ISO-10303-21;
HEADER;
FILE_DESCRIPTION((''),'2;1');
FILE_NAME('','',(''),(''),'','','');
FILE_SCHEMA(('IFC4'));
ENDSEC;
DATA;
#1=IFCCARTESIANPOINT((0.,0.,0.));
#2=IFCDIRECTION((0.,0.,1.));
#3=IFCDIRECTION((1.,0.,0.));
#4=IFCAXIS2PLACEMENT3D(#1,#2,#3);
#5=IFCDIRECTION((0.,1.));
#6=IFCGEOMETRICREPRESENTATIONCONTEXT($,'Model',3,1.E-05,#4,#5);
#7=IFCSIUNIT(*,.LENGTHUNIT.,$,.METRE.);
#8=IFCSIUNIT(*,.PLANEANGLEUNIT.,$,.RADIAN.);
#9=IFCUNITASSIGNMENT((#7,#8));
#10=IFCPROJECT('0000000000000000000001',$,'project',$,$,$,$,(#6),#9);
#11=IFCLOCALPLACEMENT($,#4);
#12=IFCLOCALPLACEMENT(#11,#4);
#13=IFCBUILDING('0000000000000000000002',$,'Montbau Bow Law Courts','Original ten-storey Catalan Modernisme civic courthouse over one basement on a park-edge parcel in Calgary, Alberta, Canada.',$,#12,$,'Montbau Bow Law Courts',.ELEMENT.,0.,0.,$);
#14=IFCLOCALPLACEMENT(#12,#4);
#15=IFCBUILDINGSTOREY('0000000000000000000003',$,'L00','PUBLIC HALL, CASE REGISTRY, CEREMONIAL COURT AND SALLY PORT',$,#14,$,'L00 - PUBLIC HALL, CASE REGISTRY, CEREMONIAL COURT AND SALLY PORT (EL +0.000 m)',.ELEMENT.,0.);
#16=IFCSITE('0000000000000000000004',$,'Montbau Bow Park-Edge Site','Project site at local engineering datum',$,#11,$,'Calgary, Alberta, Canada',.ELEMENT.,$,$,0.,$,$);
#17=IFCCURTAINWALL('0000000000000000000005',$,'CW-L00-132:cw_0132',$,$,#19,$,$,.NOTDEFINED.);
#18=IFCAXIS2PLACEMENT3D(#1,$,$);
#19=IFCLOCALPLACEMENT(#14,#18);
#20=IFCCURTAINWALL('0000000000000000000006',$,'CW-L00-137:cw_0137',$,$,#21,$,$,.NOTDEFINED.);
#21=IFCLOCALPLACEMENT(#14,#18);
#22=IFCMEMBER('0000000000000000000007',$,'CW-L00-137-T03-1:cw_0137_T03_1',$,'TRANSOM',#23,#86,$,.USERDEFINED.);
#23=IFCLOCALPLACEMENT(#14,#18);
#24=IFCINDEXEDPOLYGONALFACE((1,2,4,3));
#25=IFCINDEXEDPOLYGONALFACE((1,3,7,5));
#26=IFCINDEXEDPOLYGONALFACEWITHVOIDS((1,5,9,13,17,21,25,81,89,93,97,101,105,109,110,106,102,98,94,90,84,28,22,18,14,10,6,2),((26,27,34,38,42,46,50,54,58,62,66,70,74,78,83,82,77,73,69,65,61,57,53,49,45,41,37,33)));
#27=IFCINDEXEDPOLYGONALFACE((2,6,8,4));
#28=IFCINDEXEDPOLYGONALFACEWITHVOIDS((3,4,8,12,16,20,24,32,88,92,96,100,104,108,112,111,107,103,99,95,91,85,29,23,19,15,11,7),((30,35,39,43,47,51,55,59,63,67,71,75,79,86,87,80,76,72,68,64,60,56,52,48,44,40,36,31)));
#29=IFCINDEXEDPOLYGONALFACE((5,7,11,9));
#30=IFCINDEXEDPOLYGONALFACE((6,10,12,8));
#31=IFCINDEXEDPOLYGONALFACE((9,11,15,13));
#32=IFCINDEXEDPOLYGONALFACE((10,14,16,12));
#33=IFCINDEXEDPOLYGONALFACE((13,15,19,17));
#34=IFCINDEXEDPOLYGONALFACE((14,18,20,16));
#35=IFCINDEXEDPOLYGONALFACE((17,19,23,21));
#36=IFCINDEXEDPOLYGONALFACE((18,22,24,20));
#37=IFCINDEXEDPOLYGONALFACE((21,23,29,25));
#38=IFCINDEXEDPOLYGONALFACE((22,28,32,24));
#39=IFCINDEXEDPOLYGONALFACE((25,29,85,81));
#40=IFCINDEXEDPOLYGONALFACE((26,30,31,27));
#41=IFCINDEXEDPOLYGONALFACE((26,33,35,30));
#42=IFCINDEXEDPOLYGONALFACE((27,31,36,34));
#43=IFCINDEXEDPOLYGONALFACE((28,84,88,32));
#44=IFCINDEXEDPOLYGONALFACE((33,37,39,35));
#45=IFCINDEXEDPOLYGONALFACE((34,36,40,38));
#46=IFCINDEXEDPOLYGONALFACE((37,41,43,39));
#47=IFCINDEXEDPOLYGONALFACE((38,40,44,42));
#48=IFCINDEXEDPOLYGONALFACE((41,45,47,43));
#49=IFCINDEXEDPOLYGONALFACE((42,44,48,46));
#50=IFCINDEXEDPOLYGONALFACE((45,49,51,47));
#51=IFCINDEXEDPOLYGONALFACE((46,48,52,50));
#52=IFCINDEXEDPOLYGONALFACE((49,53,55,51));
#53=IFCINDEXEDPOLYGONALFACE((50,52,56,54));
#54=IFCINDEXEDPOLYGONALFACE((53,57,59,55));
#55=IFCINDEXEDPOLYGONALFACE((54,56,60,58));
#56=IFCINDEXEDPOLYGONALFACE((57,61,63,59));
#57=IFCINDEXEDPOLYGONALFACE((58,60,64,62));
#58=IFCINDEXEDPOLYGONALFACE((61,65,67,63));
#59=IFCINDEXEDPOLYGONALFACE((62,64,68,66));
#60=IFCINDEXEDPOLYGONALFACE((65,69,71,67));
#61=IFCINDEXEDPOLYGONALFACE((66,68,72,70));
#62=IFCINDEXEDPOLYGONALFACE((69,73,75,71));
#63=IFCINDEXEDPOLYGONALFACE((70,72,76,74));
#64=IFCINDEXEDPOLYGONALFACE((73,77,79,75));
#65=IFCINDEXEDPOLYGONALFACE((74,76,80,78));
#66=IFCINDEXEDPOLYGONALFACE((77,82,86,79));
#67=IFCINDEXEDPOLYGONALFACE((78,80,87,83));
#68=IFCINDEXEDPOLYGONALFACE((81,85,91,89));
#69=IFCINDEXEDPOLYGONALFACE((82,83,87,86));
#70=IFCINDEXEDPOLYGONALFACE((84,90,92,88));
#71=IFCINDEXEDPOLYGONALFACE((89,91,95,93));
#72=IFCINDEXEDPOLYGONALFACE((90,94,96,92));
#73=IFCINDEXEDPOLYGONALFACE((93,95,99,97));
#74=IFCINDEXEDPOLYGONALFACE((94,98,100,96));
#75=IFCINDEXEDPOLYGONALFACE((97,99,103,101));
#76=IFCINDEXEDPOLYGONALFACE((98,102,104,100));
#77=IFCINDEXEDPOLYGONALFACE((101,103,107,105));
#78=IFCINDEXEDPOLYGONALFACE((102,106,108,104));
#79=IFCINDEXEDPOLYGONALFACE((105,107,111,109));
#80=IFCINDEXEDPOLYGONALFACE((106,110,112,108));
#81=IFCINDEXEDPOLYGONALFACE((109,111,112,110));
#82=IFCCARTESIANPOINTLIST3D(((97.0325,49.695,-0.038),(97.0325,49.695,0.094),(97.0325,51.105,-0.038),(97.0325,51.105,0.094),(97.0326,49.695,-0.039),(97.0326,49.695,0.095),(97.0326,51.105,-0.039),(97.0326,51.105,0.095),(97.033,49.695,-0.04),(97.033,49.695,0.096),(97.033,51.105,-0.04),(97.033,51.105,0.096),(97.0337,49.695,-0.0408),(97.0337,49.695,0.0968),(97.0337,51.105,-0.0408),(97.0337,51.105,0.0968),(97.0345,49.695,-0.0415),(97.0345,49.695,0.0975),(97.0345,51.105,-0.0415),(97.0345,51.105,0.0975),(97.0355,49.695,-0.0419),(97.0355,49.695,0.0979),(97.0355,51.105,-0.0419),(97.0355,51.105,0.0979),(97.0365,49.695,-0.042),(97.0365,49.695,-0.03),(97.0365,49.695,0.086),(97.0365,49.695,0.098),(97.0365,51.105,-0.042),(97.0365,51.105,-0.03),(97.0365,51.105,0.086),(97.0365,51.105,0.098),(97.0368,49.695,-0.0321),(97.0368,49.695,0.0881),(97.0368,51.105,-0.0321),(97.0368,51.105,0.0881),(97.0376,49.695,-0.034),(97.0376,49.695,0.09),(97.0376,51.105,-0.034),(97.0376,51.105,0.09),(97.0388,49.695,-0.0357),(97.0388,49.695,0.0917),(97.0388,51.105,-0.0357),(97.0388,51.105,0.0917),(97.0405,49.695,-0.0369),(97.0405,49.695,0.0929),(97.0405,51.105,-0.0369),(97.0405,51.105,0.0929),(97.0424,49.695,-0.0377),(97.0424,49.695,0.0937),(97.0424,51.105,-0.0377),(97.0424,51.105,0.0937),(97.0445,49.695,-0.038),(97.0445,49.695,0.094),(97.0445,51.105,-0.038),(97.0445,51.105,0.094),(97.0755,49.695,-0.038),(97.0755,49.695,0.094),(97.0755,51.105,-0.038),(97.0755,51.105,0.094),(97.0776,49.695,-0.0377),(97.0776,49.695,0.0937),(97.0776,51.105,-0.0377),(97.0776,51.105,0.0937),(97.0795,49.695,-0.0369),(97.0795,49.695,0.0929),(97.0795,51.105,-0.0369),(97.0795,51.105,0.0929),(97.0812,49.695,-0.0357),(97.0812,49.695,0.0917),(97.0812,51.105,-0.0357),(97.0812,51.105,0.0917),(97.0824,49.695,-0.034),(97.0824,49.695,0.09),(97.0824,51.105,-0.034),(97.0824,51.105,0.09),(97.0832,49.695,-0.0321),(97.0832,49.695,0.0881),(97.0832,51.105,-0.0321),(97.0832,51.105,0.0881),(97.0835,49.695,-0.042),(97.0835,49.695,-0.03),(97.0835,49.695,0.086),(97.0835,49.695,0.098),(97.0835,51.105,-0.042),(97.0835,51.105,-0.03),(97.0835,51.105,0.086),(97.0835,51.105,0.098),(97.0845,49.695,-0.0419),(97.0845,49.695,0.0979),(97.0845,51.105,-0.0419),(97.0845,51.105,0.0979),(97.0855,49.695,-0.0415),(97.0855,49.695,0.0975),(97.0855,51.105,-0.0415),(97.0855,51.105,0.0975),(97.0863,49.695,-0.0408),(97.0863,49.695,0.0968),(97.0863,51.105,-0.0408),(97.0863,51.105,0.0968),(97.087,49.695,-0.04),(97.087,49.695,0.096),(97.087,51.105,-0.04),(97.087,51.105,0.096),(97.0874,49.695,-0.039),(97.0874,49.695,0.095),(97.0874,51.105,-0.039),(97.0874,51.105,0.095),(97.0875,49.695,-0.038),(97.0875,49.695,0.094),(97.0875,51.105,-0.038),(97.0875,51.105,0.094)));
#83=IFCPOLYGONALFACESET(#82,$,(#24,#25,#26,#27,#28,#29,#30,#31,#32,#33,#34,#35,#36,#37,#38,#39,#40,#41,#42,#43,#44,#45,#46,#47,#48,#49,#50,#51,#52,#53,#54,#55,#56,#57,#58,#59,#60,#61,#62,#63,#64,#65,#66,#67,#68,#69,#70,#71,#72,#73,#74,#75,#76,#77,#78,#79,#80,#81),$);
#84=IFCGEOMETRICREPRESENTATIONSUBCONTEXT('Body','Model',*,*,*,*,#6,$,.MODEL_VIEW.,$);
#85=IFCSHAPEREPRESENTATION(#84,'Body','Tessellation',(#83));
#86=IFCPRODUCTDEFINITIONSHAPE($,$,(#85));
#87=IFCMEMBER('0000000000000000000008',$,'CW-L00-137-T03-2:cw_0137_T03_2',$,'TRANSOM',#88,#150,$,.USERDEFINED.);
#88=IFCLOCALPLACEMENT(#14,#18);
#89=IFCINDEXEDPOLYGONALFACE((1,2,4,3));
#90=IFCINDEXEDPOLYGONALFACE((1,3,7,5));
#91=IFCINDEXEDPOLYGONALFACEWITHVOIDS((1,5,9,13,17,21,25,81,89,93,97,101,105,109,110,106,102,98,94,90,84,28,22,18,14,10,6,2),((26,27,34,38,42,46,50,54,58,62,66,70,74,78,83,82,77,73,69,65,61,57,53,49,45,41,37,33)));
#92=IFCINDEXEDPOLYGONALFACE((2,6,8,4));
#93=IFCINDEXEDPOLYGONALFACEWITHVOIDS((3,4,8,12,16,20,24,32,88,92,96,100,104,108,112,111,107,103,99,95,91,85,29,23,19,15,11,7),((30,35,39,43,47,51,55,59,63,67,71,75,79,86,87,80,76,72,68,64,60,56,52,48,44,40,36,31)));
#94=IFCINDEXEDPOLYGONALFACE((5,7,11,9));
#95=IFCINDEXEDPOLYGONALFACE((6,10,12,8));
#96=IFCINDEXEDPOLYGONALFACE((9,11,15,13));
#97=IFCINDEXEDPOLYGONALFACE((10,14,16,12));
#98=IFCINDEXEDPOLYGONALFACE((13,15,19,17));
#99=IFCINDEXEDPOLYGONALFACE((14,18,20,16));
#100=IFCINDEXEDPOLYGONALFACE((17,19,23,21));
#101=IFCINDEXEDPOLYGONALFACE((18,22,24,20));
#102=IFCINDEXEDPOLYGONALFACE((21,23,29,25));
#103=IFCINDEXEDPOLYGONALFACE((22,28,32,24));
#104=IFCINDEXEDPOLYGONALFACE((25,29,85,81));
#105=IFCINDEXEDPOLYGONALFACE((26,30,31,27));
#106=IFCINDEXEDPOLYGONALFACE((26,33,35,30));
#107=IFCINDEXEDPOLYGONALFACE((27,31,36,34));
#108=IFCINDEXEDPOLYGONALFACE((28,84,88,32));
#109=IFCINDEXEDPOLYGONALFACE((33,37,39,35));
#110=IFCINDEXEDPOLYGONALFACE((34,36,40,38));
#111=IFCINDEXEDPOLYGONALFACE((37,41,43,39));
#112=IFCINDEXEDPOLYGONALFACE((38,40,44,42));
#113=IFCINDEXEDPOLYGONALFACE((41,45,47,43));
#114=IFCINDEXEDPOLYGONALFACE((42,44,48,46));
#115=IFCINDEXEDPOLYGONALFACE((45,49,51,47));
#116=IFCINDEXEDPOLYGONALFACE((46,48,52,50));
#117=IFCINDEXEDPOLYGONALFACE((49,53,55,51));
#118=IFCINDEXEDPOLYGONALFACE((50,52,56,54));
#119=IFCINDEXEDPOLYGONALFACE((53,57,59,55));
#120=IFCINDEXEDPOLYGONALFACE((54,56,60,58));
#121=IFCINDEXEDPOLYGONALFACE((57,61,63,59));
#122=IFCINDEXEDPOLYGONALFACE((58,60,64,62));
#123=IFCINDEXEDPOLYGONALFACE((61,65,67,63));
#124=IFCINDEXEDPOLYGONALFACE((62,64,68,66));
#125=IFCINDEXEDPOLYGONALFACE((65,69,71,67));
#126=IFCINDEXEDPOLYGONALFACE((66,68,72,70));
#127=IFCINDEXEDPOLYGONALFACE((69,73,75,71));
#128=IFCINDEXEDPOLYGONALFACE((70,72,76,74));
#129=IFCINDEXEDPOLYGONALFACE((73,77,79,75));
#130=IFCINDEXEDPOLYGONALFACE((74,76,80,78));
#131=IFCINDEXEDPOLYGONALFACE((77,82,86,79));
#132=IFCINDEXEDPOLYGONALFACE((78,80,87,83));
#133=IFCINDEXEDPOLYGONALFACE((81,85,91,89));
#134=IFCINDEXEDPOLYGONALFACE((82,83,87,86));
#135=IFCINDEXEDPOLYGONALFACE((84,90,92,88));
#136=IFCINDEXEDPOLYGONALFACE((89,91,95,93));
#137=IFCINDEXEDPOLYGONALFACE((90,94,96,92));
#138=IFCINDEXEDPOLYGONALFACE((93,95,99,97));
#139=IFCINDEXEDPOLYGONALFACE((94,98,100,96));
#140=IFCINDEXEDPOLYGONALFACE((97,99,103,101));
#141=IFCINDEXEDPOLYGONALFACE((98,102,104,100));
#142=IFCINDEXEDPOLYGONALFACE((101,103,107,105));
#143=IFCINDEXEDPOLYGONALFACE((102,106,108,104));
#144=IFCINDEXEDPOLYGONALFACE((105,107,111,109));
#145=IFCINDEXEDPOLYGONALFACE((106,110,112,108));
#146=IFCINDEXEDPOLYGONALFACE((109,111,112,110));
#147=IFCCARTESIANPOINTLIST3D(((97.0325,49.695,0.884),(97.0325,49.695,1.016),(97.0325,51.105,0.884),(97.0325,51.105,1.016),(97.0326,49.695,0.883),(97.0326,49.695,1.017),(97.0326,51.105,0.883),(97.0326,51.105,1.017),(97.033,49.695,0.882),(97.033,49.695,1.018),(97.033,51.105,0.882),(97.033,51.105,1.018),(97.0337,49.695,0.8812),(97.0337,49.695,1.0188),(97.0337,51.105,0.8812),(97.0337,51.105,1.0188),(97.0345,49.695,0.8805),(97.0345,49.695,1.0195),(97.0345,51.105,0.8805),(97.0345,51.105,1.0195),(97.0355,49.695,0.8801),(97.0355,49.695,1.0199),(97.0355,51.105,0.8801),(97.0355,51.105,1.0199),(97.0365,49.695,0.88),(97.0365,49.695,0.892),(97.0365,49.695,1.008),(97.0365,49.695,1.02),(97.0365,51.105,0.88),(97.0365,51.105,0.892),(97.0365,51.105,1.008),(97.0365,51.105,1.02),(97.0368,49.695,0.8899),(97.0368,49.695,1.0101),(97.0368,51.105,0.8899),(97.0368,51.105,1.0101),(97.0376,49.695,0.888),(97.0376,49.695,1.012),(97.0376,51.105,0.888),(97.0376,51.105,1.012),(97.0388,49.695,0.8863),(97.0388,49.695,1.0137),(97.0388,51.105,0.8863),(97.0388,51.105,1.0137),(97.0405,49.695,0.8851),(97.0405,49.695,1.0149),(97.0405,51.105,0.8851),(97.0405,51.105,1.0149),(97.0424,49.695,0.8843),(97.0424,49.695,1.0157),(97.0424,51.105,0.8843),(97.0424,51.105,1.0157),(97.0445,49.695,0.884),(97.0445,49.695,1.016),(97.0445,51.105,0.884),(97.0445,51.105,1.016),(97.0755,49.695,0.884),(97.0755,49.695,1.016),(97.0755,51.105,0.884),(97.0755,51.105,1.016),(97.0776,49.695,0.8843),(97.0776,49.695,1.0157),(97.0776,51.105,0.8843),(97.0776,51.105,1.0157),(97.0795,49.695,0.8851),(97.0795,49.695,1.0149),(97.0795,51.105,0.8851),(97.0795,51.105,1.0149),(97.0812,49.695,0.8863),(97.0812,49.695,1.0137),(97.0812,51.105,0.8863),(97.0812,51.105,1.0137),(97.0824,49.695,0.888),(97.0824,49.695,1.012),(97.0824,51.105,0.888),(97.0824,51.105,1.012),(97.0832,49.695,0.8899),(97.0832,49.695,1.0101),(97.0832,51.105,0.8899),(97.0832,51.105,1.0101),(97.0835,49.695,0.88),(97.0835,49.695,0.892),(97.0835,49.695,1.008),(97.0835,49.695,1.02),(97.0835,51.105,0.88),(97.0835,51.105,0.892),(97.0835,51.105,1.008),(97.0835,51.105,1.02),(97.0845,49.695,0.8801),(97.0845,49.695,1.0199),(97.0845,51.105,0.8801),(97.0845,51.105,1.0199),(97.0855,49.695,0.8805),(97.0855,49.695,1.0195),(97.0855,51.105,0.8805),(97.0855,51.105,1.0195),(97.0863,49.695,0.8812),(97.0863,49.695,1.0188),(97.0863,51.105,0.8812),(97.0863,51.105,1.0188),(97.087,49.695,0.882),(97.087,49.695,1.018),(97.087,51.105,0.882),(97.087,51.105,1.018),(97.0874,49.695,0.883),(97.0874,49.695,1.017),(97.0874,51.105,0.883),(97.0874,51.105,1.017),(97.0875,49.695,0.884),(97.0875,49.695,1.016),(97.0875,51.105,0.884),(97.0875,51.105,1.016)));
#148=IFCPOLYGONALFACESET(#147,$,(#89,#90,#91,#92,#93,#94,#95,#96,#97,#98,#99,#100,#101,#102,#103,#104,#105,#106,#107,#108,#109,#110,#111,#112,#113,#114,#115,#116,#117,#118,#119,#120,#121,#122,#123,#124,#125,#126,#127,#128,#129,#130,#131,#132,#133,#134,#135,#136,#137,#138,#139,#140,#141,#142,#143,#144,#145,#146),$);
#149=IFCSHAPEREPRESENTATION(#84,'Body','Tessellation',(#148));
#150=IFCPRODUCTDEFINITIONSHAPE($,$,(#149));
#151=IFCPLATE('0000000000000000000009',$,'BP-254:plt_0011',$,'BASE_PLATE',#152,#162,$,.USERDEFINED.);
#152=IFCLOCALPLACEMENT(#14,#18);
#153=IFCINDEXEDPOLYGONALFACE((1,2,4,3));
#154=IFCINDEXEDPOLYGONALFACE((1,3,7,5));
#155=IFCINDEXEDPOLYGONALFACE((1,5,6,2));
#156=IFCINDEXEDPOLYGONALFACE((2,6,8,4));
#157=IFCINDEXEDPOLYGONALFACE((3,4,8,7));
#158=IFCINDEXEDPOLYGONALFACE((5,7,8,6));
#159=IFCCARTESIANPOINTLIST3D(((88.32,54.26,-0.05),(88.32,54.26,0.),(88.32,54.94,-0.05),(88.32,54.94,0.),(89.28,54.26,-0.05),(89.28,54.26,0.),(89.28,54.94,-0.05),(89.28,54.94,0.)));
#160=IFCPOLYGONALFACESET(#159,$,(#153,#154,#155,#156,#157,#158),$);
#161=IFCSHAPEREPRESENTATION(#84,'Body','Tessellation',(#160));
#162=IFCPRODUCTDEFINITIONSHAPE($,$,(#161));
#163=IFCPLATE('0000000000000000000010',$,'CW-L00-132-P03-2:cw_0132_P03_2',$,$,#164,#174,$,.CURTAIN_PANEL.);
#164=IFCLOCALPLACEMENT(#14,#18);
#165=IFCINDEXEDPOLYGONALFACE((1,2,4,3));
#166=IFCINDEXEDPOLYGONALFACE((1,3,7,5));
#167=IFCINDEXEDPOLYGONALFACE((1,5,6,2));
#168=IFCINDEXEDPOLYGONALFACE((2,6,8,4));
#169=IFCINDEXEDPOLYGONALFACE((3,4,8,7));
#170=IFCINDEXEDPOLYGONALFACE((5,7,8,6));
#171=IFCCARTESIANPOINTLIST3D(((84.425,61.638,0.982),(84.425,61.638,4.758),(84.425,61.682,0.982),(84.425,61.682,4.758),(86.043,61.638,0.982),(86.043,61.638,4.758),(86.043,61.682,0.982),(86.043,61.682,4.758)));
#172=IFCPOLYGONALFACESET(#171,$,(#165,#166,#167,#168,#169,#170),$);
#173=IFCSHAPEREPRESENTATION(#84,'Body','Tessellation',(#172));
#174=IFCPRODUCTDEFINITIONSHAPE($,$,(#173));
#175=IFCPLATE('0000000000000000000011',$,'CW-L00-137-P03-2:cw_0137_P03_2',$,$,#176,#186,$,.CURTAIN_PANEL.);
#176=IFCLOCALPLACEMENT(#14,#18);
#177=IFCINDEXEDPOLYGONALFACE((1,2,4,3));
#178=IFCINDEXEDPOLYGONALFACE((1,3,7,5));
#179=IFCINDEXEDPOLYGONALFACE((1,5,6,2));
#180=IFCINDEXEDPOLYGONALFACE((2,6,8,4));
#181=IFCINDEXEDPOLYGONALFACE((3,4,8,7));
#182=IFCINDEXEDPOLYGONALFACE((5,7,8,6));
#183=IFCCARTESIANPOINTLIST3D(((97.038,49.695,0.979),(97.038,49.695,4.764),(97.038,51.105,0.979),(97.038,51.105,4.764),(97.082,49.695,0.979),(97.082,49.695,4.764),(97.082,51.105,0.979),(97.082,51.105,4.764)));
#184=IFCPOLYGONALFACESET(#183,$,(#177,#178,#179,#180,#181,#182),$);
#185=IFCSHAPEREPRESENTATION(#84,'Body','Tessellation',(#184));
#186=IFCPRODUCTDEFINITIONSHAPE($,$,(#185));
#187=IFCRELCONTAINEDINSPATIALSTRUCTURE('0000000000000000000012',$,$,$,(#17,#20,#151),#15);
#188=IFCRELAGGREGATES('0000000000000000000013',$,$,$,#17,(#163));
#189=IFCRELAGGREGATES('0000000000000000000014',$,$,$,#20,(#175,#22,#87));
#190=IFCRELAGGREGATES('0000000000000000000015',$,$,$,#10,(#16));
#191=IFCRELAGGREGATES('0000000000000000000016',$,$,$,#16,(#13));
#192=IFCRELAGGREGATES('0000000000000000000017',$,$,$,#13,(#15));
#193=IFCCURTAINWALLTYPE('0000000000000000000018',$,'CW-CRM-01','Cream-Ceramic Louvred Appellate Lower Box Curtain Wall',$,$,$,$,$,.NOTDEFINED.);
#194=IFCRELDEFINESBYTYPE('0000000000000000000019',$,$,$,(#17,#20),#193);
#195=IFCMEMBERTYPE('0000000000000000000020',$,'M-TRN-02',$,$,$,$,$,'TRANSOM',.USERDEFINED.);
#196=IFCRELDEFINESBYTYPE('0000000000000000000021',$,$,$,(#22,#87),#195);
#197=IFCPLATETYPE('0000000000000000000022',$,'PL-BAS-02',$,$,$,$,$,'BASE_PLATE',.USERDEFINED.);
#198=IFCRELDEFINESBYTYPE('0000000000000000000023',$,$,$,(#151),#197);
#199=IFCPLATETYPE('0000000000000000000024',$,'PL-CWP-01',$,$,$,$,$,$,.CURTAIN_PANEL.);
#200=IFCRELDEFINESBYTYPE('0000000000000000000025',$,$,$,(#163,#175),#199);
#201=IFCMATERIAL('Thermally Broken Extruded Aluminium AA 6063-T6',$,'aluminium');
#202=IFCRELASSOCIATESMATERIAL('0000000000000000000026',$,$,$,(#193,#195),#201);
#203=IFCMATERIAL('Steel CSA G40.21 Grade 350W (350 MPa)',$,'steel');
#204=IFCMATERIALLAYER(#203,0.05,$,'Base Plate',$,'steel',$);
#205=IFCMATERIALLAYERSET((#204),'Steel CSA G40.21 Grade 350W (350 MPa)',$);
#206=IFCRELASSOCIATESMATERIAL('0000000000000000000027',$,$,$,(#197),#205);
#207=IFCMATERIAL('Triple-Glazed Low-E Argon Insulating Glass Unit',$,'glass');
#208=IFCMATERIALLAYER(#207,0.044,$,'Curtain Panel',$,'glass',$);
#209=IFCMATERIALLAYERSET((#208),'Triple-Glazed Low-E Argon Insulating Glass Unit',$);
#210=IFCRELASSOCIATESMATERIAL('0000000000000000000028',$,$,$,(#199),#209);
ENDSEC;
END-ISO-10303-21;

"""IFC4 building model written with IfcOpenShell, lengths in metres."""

from ifc_helpers import new_model, si_unit, direction, frame, frame_2d, origin_with_axes, origin_2d_with_axis, place, context, subcontext, project, spatial, rectangle, hollow_rectangle, extrude, material, layer, layer_set, material_profile, profile_set, type_object, element, aggregate, save


model = new_model("IFC4")

# Units and contexts
model_context = context("Model", 3, precision=1e-05, world=origin_with_axes(), true_north=direction((0.0, 1.0)))
body_context = subcontext(model_context, "Body", "Model", "MODEL_VIEW")
ifc_project = project(units=[si_unit("LENGTHUNIT", "METRE"), si_unit("PLANEANGLEUNIT", "RADIAN")], contexts=[model_context])

# Site, building, storey
site_placement = place(None, origin_with_axes())
site = spatial("IfcSite", under=ifc_project, at=site_placement, Name="Montbau Bow Park-Edge Site", Description="Project site at local engineering datum", LongName="Calgary, Alberta, Canada", CompositionType="ELEMENT", RefElevation=0.0)
building_placement = place(site_placement, origin_with_axes())
building = spatial("IfcBuilding", under=site, at=building_placement, Name="Montbau Bow Law Courts", Description="Original ten-storey Catalan Modernisme civic courthouse over one basement on a park-edge parcel in Calgary, Alberta, Canada.", LongName="Montbau Bow Law Courts", CompositionType="ELEMENT", ElevationOfRefHeight=0.0, ElevationOfTerrain=0.0)
storey_placement = place(building_placement, origin_with_axes())
storey = spatial("IfcBuildingStorey", under=building, at=storey_placement, Name="L00", Description="PUBLIC HALL, CASE REGISTRY, CEREMONIAL COURT AND SALLY PORT", LongName="L00 - PUBLIC HALL, CASE REGISTRY, CEREMONIAL COURT AND SALLY PORT (EL +0.000 m)", CompositionType="ELEMENT", Elevation=0.0)

# Shared definitions
ifc_material_1 = material(Name="Steel CSA G40.21 Grade 350W (350 MPa)", Category="steel")

# Curtain walls, members
ifc_material_2 = material(Name="Thermally Broken Extruded Aluminium AA 6063-T6", Category="aluminium")
curtain_wall_type = type_object("IfcCurtainWallType", Name="CW-CRM-01", Description="Cream-Ceramic Louvred Appellate Lower Box Curtain Wall", PredefinedType="NOTDEFINED", material=ifc_material_2)
curtain_wall_1_placement = place(None, frame((80.915, 61.66, 0.0), z_axis=(0.0, 0.0, 1.0), x_axis=(1.0, 0.0, 0.0)))
curtain_wall_1 = element("IfcCurtainWall", 1, at=curtain_wall_1_placement, inside=storey, type_object=curtain_wall_type, Name="CW-L00-132:cw_0132", PredefinedType="NOTDEFINED")
curtain_wall_2_placement = place(None, frame((97.06, 46.715, 0.0), z_axis=(0.0, 0.0, 1.0), x_axis=(1.0, 0.0, 0.0)))
curtain_wall_2 = element("IfcCurtainWall", 2, at=curtain_wall_2_placement, inside=storey, type_object=curtain_wall_type, Name="CW-L00-137:cw_0137", PredefinedType="NOTDEFINED")
ifc_material_profile_1 = material_profile(ifc_material_2, hollow_rectangle(XDim=0.055, YDim=0.14, WallThickness=0.004, InnerFilletRadius=0.008, OuterFilletRadius=0.004, at=origin_2d_with_axis()), Name="CWT-140X55", Category="Main", Priority=0)
ifc_profile_set_1 = profile_set([ifc_material_profile_1], Name="Thermally Broken Extruded Aluminium AA 6063-T6")
member_type_1 = type_object("IfcMemberType", Name="M-TRN-02", ElementType="TRANSOM", PredefinedType="USERDEFINED", material=ifc_profile_set_1)
member_1_placement = place(None, frame((97.06, 49.695, 0.028), z_axis=(0.0, 1.0, 0.0), x_axis=(-1.0, 0.0, 0.0)))
member_1 = element("IfcMember", 3, at=member_1_placement, type_object=member_type_1, Name="CW-L00-137-T03-1:cw_0137_T03_1", ObjectType="TRANSOM", PredefinedType="USERDEFINED", context=body_context, shape_type="SweptSolid", body=[
    extrude(hollow_rectangle(XDim=0.055, YDim=0.14, WallThickness=0.004, InnerFilletRadius=0.008, OuterFilletRadius=0.004, at=origin_2d_with_axis()), origin_with_axes(), (0.0, 0.0, 1.0), 1.41),
])
member_2_placement = place(None, frame((97.06, 49.695, 0.95), z_axis=(0.0, 1.0, 0.0), x_axis=(-1.0, 0.0, 0.0)))
member_2 = element("IfcMember", 4, at=member_2_placement, type_object=member_type_1, Name="CW-L00-137-T03-2:cw_0137_T03_2", ObjectType="TRANSOM", PredefinedType="USERDEFINED", context=body_context, shape_type="SweptSolid", body=[
    extrude(hollow_rectangle(XDim=0.055, YDim=0.14, WallThickness=0.004, InnerFilletRadius=0.008, OuterFilletRadius=0.004, at=origin_2d_with_axis()), origin_with_axes(), (0.0, 0.0, 1.0), 1.41),
])

# Plates
ifc_layer_1 = layer(ifc_material_1, 0.05, Name="Base Plate", Category="steel")
ifc_layer_set_1 = layer_set([ifc_layer_1], Name="Steel CSA G40.21 Grade 350W (350 MPa)")
plate_type_1 = type_object("IfcPlateType", Name="PL-BAS-02", ElementType="BASE_PLATE", PredefinedType="USERDEFINED", material=ifc_layer_set_1)
plate_1_placement = place(None, frame((88.8, 54.6, -0.05), z_axis=(0.0, 0.0, 1.0), x_axis=(1.0, 0.0, 0.0)))
element("IfcPlate", 5, at=plate_1_placement, inside=storey, type_object=plate_type_1, Name="BP-254:plt_0011", ObjectType="BASE_PLATE", PredefinedType="USERDEFINED", context=body_context, shape_type="SweptSolid", body=[
    extrude(rectangle(XDim=0.96, YDim=0.68, at=origin_2d_with_axis()), origin_with_axes(), (0.0, 0.0, 1.0), 0.05),
])
ifc_material_3 = material(Name="Triple-Glazed Low-E Argon Insulating Glass Unit", Category="glass")
ifc_layer_2 = layer(ifc_material_3, 0.044, Name="Curtain Panel", Category="glass")
ifc_layer_set_2 = layer_set([ifc_layer_2], Name="Triple-Glazed Low-E Argon Insulating Glass Unit")
plate_type_2 = type_object("IfcPlateType", Name="PL-CWP-01", PredefinedType="CURTAIN_PANEL", material=ifc_layer_set_2)
plate_2_placement = place(None, frame((84.425, 61.66, 0.982), z_axis=(0.0, -1.0, 0.0), x_axis=(1.0, 0.0, 0.0)))
plate_2 = element("IfcPlate", 6, at=plate_2_placement, type_object=plate_type_2, Name="CW-L00-132-P03-2:cw_0132_P03_2", PredefinedType="CURTAIN_PANEL", context=body_context, shape_type="SweptSolid", body=[
    extrude(rectangle(XDim=1.618, YDim=3.776, at=frame_2d((0.809, 1.888), x_axis=(1.0, 0.0))), frame((0.0, 0.0, -0.022), z_axis=(0.0, 0.0, 1.0), x_axis=(1.0, 0.0, 0.0)), (0.0, 0.0, 1.0), 0.044),
])
plate_3_placement = place(None, frame((97.06, 49.695, 0.979), z_axis=(1.0, 0.0, 0.0), x_axis=(0.0, 1.0, 0.0)))
plate_3 = element("IfcPlate", 7, at=plate_3_placement, type_object=plate_type_2, Name="CW-L00-137-P03-2:cw_0137_P03_2", PredefinedType="CURTAIN_PANEL", context=body_context, shape_type="SweptSolid", body=[
    extrude(rectangle(XDim=1.41, YDim=3.785, at=frame_2d((0.705, 1.8925), x_axis=(1.0, 0.0))), frame((0.0, 0.0, -0.022), z_axis=(0.0, 0.0, 1.0), x_axis=(1.0, 0.0, 0.0)), (0.0, 0.0, 1.0), 0.044),
])
aggregate(curtain_wall_1, [plate_2])
aggregate(curtain_wall_2, [plate_3, member_1, member_2])

save(model, "model.ifc")
